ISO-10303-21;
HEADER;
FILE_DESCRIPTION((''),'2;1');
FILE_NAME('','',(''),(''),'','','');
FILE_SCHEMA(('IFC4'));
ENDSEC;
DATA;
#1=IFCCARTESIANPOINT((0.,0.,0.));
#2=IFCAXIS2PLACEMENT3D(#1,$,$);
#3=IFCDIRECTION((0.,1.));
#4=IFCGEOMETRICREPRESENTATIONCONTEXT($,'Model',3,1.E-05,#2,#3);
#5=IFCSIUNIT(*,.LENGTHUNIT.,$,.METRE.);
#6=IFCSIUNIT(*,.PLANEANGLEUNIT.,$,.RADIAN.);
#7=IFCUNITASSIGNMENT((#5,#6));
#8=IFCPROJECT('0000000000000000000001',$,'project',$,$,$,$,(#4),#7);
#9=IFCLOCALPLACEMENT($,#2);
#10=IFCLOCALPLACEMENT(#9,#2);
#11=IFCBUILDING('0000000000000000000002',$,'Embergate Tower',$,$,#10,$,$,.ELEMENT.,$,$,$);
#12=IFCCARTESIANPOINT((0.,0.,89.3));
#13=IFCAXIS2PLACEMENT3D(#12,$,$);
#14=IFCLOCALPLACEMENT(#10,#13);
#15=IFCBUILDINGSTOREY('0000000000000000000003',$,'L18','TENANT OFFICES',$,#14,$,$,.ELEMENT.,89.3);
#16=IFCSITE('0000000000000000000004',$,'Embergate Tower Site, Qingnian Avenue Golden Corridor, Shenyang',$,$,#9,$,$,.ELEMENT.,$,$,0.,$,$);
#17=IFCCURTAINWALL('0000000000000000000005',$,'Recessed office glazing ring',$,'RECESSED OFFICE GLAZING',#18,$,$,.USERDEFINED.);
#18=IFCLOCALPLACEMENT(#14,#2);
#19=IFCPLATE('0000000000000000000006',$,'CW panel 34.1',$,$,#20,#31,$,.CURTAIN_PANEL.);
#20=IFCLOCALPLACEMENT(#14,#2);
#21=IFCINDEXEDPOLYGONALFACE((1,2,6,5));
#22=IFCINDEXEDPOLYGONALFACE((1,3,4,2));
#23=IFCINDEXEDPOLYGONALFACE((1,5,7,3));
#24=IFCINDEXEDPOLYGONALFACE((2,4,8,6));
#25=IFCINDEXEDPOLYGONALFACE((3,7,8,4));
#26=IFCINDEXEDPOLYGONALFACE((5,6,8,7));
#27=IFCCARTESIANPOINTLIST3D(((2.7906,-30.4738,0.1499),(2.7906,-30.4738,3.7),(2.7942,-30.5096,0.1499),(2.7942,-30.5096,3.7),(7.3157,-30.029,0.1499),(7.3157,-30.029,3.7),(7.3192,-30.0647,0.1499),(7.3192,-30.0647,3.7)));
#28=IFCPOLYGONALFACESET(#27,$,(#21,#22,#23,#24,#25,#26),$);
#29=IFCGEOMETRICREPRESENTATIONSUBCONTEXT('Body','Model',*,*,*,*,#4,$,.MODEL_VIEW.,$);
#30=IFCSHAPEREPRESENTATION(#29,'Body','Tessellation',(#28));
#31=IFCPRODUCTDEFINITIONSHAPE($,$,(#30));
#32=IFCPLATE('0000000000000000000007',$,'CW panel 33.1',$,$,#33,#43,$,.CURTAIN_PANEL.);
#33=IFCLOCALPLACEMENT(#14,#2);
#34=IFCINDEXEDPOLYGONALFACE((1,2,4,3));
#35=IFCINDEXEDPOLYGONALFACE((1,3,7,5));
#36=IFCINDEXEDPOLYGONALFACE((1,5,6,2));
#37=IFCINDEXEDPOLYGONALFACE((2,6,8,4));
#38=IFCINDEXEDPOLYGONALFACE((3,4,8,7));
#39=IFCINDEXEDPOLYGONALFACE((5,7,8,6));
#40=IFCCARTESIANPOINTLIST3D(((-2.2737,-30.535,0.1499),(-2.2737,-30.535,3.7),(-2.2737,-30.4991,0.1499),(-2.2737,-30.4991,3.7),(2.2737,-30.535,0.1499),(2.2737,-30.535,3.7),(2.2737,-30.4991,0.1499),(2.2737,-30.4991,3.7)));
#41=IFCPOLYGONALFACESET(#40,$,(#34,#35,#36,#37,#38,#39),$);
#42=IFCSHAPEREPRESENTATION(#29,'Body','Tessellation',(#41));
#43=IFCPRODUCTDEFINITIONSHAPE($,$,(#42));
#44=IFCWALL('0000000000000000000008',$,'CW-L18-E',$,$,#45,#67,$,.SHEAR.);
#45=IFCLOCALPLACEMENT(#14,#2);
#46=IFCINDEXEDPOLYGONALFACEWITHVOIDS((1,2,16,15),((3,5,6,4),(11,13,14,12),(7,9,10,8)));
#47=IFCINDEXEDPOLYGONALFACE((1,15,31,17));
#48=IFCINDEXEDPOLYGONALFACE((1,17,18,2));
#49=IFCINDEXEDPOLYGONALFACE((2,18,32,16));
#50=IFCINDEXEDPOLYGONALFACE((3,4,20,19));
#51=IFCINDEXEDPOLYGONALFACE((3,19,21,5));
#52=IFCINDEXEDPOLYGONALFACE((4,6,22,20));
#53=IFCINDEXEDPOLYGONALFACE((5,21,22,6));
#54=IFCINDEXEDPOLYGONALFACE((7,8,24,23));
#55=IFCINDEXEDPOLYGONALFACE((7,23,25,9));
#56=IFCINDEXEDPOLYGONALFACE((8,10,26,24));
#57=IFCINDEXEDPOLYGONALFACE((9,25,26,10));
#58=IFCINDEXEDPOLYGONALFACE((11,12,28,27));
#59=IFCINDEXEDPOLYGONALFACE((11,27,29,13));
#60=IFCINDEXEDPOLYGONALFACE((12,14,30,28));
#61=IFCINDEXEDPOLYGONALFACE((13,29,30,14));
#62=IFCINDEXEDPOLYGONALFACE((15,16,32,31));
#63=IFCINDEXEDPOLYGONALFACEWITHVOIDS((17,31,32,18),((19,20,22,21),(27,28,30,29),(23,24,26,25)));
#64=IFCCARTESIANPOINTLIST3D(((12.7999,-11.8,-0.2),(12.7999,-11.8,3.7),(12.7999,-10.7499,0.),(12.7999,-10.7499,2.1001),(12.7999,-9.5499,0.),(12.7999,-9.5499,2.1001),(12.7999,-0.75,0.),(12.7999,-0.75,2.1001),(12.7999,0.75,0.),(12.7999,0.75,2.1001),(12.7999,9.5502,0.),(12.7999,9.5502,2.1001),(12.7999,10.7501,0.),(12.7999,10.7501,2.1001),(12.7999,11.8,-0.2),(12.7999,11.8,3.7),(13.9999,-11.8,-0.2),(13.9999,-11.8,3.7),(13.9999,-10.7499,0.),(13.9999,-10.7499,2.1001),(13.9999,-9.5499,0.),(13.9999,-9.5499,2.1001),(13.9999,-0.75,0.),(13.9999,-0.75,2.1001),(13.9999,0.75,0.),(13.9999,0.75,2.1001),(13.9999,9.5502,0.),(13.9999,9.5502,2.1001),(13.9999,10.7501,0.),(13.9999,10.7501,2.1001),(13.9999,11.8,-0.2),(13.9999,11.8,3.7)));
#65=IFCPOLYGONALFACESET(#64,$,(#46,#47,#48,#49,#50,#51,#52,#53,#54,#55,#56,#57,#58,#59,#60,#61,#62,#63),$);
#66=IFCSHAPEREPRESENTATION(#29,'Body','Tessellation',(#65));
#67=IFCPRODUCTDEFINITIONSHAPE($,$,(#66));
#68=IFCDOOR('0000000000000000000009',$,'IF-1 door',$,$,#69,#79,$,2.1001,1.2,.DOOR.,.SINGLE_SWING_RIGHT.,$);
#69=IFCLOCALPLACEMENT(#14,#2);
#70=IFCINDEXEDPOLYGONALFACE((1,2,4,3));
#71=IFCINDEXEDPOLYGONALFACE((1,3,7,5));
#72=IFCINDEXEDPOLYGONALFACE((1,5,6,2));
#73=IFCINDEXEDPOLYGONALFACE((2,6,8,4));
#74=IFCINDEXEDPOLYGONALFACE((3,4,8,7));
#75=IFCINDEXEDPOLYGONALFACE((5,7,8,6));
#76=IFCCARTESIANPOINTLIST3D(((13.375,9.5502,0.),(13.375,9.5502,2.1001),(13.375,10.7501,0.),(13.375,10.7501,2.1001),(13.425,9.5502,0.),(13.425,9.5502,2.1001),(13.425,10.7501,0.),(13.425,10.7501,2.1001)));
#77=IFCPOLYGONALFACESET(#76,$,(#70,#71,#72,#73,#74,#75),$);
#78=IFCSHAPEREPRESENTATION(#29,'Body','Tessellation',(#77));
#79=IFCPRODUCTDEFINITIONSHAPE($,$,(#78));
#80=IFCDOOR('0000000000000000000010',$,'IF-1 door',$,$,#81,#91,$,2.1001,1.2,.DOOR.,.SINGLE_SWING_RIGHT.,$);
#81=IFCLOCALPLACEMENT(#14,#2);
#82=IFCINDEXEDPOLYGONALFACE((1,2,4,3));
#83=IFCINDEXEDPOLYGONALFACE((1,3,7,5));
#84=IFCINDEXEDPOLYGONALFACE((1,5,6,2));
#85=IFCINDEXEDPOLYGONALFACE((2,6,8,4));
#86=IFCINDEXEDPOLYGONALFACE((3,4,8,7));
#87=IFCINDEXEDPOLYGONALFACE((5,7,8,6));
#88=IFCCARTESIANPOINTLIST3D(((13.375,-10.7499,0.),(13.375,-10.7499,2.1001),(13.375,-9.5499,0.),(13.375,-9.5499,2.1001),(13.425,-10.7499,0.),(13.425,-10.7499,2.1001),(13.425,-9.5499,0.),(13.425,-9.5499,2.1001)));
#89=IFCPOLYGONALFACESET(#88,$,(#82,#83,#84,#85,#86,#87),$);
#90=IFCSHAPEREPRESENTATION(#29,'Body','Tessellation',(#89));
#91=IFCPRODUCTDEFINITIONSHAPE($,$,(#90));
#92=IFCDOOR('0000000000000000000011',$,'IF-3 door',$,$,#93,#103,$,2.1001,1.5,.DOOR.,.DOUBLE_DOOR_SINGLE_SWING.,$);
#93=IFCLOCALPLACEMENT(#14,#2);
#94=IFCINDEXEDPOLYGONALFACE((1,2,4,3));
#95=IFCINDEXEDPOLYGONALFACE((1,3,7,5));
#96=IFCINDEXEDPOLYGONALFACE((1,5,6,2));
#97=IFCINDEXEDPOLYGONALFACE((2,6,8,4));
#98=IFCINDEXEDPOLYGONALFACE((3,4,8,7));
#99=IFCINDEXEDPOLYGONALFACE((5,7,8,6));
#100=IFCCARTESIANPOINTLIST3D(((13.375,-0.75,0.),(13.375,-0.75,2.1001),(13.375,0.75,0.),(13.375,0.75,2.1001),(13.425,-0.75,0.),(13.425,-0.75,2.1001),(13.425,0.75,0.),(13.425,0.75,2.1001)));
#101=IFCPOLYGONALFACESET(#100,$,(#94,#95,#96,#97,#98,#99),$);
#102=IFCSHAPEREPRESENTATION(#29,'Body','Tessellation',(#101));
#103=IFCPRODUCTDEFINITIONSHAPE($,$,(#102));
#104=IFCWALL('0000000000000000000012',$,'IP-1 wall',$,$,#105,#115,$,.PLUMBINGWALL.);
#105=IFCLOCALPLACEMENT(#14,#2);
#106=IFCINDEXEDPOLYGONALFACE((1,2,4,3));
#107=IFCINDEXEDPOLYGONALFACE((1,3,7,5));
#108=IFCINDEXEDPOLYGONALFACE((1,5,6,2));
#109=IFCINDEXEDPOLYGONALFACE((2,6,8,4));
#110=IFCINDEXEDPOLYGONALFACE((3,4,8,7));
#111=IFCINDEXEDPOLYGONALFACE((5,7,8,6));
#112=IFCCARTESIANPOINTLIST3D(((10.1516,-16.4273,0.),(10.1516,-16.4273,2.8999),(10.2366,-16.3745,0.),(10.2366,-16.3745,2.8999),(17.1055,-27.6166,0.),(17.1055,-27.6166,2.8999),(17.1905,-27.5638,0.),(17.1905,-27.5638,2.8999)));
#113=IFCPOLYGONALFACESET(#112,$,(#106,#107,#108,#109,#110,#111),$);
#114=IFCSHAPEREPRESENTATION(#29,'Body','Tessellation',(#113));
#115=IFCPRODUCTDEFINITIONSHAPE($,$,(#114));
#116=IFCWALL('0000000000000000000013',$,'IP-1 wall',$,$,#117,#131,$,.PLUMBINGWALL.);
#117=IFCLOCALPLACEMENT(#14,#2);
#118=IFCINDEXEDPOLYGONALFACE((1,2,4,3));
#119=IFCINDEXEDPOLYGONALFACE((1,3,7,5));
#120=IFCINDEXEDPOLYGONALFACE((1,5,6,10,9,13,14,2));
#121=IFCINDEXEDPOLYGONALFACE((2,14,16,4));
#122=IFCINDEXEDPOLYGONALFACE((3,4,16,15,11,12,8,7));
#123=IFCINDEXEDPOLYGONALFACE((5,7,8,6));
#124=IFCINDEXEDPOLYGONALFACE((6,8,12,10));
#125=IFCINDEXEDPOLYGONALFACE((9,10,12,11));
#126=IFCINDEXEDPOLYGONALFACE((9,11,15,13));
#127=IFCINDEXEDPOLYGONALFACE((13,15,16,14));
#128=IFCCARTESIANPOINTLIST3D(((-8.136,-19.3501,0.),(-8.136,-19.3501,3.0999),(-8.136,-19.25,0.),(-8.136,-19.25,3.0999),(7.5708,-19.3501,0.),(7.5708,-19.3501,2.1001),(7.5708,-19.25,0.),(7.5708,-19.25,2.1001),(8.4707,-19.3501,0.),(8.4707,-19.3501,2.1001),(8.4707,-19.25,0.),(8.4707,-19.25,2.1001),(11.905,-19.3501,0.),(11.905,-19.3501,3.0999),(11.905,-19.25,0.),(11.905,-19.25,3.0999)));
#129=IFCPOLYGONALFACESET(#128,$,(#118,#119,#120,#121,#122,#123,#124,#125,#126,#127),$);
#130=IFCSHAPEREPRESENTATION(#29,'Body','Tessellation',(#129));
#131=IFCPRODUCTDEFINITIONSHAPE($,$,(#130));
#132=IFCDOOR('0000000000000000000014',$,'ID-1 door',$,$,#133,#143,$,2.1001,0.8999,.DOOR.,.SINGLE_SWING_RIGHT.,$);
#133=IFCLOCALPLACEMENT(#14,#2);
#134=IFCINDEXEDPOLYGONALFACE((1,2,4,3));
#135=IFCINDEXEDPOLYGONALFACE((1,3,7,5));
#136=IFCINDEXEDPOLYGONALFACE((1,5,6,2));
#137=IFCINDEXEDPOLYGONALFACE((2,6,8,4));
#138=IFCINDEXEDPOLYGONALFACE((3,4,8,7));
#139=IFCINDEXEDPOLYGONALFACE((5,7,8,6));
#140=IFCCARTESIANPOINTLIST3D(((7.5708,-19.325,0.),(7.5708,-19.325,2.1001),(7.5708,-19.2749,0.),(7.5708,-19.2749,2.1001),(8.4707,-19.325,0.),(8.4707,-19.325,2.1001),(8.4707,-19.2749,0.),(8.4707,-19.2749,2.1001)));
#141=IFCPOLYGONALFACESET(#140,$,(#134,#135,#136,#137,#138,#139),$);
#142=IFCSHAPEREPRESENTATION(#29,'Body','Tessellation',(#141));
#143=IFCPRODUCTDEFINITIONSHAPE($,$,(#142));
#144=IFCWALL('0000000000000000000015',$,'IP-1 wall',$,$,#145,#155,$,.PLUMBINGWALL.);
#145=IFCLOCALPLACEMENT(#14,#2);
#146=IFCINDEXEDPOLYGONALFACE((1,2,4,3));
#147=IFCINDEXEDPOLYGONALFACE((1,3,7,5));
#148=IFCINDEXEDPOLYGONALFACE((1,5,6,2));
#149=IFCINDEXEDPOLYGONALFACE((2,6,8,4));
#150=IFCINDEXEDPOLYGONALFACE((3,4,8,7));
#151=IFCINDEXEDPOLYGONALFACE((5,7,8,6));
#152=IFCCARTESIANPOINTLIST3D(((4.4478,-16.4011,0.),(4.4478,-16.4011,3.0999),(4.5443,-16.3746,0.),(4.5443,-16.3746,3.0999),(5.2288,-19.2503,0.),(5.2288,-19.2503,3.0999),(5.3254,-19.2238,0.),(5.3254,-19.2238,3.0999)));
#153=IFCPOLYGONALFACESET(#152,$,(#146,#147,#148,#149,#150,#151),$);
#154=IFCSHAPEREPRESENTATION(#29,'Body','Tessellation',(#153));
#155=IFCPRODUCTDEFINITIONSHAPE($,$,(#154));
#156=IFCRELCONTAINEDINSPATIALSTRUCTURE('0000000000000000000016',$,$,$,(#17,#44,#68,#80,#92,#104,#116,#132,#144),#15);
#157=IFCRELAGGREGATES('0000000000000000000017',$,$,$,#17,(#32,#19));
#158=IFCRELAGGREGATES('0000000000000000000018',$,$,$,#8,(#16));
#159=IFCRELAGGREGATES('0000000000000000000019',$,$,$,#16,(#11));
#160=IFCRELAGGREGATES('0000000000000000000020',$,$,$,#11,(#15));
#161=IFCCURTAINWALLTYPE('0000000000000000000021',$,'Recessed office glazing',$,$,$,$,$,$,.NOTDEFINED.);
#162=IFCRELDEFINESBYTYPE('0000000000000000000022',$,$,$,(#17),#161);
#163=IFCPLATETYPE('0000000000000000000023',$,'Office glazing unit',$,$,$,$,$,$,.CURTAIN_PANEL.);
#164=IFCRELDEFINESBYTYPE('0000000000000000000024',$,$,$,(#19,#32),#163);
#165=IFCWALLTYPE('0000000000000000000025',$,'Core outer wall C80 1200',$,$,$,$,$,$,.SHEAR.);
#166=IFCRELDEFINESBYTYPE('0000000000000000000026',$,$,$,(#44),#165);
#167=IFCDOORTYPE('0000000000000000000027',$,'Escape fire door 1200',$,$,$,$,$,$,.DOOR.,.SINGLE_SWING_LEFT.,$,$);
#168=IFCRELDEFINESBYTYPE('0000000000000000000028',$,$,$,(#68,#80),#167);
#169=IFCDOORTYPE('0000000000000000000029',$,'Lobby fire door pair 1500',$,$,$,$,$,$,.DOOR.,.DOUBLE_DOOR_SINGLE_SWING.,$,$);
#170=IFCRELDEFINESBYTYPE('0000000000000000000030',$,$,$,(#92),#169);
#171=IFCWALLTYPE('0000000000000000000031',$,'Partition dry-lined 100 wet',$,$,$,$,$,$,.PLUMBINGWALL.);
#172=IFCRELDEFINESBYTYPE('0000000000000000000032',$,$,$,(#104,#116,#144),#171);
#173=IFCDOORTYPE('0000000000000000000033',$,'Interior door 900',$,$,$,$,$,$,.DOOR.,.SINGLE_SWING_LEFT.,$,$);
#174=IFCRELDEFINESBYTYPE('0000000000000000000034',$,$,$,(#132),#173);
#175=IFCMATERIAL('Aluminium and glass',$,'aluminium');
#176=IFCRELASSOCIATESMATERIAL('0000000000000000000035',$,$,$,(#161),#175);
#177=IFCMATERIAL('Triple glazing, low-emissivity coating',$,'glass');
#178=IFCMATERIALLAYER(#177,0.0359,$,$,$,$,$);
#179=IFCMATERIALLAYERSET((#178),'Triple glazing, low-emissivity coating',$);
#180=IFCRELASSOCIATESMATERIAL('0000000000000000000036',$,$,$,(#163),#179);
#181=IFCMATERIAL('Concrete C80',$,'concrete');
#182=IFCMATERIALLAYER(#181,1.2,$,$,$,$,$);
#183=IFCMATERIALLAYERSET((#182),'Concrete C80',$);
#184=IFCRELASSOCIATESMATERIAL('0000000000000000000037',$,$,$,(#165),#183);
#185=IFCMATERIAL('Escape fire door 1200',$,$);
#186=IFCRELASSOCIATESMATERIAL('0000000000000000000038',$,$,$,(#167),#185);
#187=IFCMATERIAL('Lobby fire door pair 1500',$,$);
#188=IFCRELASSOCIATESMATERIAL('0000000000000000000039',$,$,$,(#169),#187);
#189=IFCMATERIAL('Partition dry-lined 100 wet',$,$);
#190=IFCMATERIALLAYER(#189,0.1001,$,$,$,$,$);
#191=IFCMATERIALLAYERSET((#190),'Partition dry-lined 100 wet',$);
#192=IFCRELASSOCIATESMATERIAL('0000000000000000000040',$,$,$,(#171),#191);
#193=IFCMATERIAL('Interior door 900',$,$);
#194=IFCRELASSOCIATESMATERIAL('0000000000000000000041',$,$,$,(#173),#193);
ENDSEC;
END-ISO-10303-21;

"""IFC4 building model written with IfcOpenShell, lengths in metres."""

from ifc_helpers import new_model, si_unit, direction, frame, frame_2d, origin, origin_2d, place, context, subcontext, project, spatial, rectangle, extrude, source, transform, mapped, material, layer, layer_set, type_object, element, fill, aggregate, save


model = new_model("IFC4")

# Units and contexts
model_context = context("Model", 3, precision=1e-05, world=origin(), true_north=direction((0.0, 1.0)))
body_context = subcontext(model_context, "Body", "Model", "MODEL_VIEW")
ifc_project = project(units=[si_unit("LENGTHUNIT", "METRE"), si_unit("PLANEANGLEUNIT", "RADIAN")], contexts=[model_context])

# Site, building, storey
site_placement = place(None, origin())
site = spatial("IfcSite", under=ifc_project, at=site_placement, Name="Embergate Tower Site, Qingnian Avenue Golden Corridor, Shenyang", CompositionType="ELEMENT", RefElevation=0.0)
building_placement = place(site_placement, origin())
building = spatial("IfcBuilding", under=site, at=building_placement, Name="Embergate Tower", CompositionType="ELEMENT")
storey_placement = place(building_placement, frame((0.0, 0.0, 89.3)))
storey = spatial("IfcBuildingStorey", under=building, at=storey_placement, Name="L18", Description="TENANT OFFICES", CompositionType="ELEMENT", Elevation=89.3)

# Curtain wall, plates
ifc_material_1 = material(Name="Aluminium and glass", Category="aluminium")
curtain_wall_type = type_object("IfcCurtainWallType", Name="Recessed office glazing", PredefinedType="NOTDEFINED", material=ifc_material_1)
curtain_wall_placement = place(storey_placement, origin())
curtain_wall = element("IfcCurtainWall", 1, at=curtain_wall_placement, inside=storey, type_object=curtain_wall_type, Name="Recessed office glazing ring", ObjectType="RECESSED OFFICE GLAZING", PredefinedType="USERDEFINED")
ifc_material_2 = material(Name="Triple glazing, low-emissivity coating", Category="glass")
ifc_layer_1 = layer(ifc_material_2, 0.0359)
ifc_layer_set_1 = layer_set([ifc_layer_1], Name="Triple glazing, low-emissivity coating")
plate_type = type_object("IfcPlateType", Name="Office glazing unit", PredefinedType="CURTAIN_PANEL", material=ifc_layer_set_1)
shared_shape_1 = source(origin(), body_context, "Body", "SweptSolid", [
    extrude(rectangle(XDim=4.5469, YDim=0.0359, at=origin_2d()), origin(), (0.0, 0.0, 1.0), 3.55),
])
plate_1_placement = place(storey_placement, frame((5.0549, -30.2693, 0.1499), z_axis=(0.0, 0.0, 1.0), x_axis=(0.995203, 0.09783, 0.0)))
plate_1 = element("IfcPlate", 2, at=plate_1_placement, type_object=plate_type, Name="CW panel 34.1", PredefinedType="CURTAIN_PANEL", context=body_context, shape_type="MappedRepresentation", body=[
    mapped(shared_shape_1, transform((0.0, 0.0, 0.0))),
])
shared_shape_2 = source(origin(), body_context, "Body", "SweptSolid", [
    extrude(rectangle(XDim=4.5474, YDim=0.0359, at=origin_2d()), origin(), (0.0, 0.0, 1.0), 3.55),
])
plate_2_placement = place(storey_placement, frame((0.0, -30.5171, 0.1499), z_axis=(0.0, 0.0, 1.0), x_axis=(1.0, 0.0, 0.0)))
plate_2 = element("IfcPlate", 3, at=plate_2_placement, type_object=plate_type, Name="CW panel 33.1", PredefinedType="CURTAIN_PANEL", context=body_context, shape_type="MappedRepresentation", body=[
    mapped(shared_shape_2, transform((0.0, 0.0, 0.0))),
])
aggregate(curtain_wall, [plate_2, plate_1])

# Wall, openings, doors
ifc_material_3 = material(Name="Concrete C80", Category="concrete")
ifc_layer_2 = layer(ifc_material_3, 1.2)
ifc_layer_set_2 = layer_set([ifc_layer_2], Name="Concrete C80")
wall_type_1 = type_object("IfcWallType", Name="Core outer wall C80 1200", PredefinedType="SHEAR", material=ifc_layer_set_2)
shared_shape_3 = source(origin(), body_context, "Body", "SweptSolid", [
    extrude(rectangle(XDim=23.6001, YDim=1.2, at=frame_2d((11.8, 0.0))), origin(), (0.0, 0.0, 1.0), 3.8999),
])
wall_1_placement = place(storey_placement, frame((13.3999, -11.8, -0.2), z_axis=(0.0, 0.0, 1.0), x_axis=(0.0, 1.0, 0.0)))
wall_1 = element("IfcWall", 4, at=wall_1_placement, inside=storey, type_object=wall_type_1, Name="CW-L18-E", PredefinedType="SHEAR", context=body_context, shape_type="MappedRepresentation", body=[
    mapped(shared_shape_3, transform((0.0, 0.0, 0.0))),
])
shared_shape_4 = source(origin(), body_context, "Body", "SweptSolid", [
    extrude(rectangle(XDim=1.2, YDim=2.1001, at=frame_2d((0.6001, 1.05))), frame((0.0, 0.6099, 0.0), z_axis=(0.0, -1.0, 0.0), x_axis=(1.0, 0.0, 0.0)), (0.0, 0.0, 1.0), 1.22),
])
opening_1_placement = place(wall_1_placement, frame((21.3501, 0.0, 0.2)))
opening_1 = element("IfcOpeningElement", 5, at=opening_1_placement, cuts=wall_1, PredefinedType="OPENING", context=body_context, shape_type="MappedRepresentation", body=[
    mapped(shared_shape_4, transform((0.0, 0.0, 0.0))),
])
opening_2_placement = place(wall_1_placement, frame((1.05, 0.0, 0.2)))
opening_2 = element("IfcOpeningElement", 6, at=opening_2_placement, cuts=wall_1, PredefinedType="OPENING", context=body_context, shape_type="MappedRepresentation", body=[
    mapped(shared_shape_4, transform((0.0, 0.0, 0.0))),
])
shared_shape_5 = source(origin(), body_context, "Body", "SweptSolid", [
    extrude(rectangle(XDim=1.5, YDim=2.1001, at=frame_2d((0.75, 1.05))), frame((0.0, 0.6099, 0.0), z_axis=(0.0, -1.0, 0.0), x_axis=(1.0, 0.0, 0.0)), (0.0, 0.0, 1.0), 1.22),
])
opening_3_placement = place(wall_1_placement, frame((11.05, 0.0, 0.2)))
opening_3 = element("IfcOpeningElement", 7, at=opening_3_placement, cuts=wall_1, PredefinedType="OPENING", context=body_context, shape_type="MappedRepresentation", body=[
    mapped(shared_shape_5, transform((0.0, 0.0, 0.0))),
])
ifc_material_4 = material(Name="Escape fire door 1200")
door_type_1 = type_object("IfcDoorType", Name="Escape fire door 1200", OperationType="SINGLE_SWING_LEFT", PredefinedType="DOOR", material=ifc_material_4)
shared_shape_6 = source(origin(), body_context, "Body", "SweptSolid", [
    extrude(rectangle(XDim=1.2, YDim=2.1001, at=frame_2d((0.6001, 1.05))), frame((0.0, 0.0249, 0.0), z_axis=(0.0, -1.0, 0.0), x_axis=(1.0, 0.0, 0.0)), (0.0, 0.0, 1.0), 0.05),
])
door_1_placement = place(opening_1_placement, origin())
door_1 = element("IfcDoor", 8, at=door_1_placement, inside=storey, type_object=door_type_1, Name="IF-1 door", OperationType="SINGLE_SWING_RIGHT", OverallHeight=2.1001, OverallWidth=1.2, PredefinedType="DOOR", context=body_context, shape_type="MappedRepresentation", body=[
    mapped(shared_shape_6, transform((0.0, 0.0, 0.0))),
])
fill(opening_1, door_1)
door_2_placement = place(opening_2_placement, origin())
door_2 = element("IfcDoor", 9, at=door_2_placement, inside=storey, type_object=door_type_1, Name="IF-1 door", OperationType="SINGLE_SWING_RIGHT", OverallHeight=2.1001, OverallWidth=1.2, PredefinedType="DOOR", context=body_context, shape_type="MappedRepresentation", body=[
    mapped(shared_shape_6, transform((0.0, 0.0, 0.0))),
])
fill(opening_2, door_2)
ifc_material_5 = material(Name="Lobby fire door pair 1500")
door_type_2 = type_object("IfcDoorType", Name="Lobby fire door pair 1500", OperationType="DOUBLE_DOOR_SINGLE_SWING", PredefinedType="DOOR", material=ifc_material_5)
shared_shape_7 = source(origin(), body_context, "Body", "SweptSolid", [
    extrude(rectangle(XDim=1.5, YDim=2.1001, at=frame_2d((0.75, 1.05))), frame((0.0, 0.0249, 0.0), z_axis=(0.0, -1.0, 0.0), x_axis=(1.0, 0.0, 0.0)), (0.0, 0.0, 1.0), 0.05),
])
door_3_placement = place(opening_3_placement, origin())
door_3 = element("IfcDoor", 10, at=door_3_placement, inside=storey, type_object=door_type_2, Name="IF-3 door", OperationType="DOUBLE_DOOR_SINGLE_SWING", OverallHeight=2.1001, OverallWidth=1.5, PredefinedType="DOOR", context=body_context, shape_type="MappedRepresentation", body=[
    mapped(shared_shape_7, transform((0.0, 0.0, 0.0))),
])
fill(opening_3, door_3)

# Wall
ifc_material_6 = material(Name="Partition dry-lined 100 wet")
ifc_layer_3 = layer(ifc_material_6, 0.1001)
ifc_layer_set_3 = layer_set([ifc_layer_3], Name="Partition dry-lined 100 wet")
wall_type_2 = type_object("IfcWallType", Name="Partition dry-lined 100 wet", PredefinedType="PLUMBINGWALL", material=ifc_layer_set_3)
shared_shape_8 = source(origin(), body_context, "Body", "SweptSolid", [
    extrude(rectangle(XDim=13.1741, YDim=0.1001, at=frame_2d((6.5869, 0.0))), origin(), (0.0, 0.0, 1.0), 2.8999),
])
wall_2_placement = place(storey_placement, frame((17.1479, -27.5901, 0.0), z_axis=(0.0, 0.0, 1.0), x_axis=(-0.527847, 0.84934, 0.0)))
element("IfcWall", 11, at=wall_2_placement, inside=storey, type_object=wall_type_2, Name="IP-1 wall", PredefinedType="PLUMBINGWALL", context=body_context, shape_type="MappedRepresentation", body=[
    mapped(shared_shape_8, transform((0.0, 0.0, 0.0))),
])

# Wall, opening, door
shared_shape_9 = source(origin(), body_context, "Body", "SweptSolid", [
    extrude(rectangle(XDim=20.041, YDim=0.1001, at=frame_2d((10.0205, 0.0))), origin(), (0.0, 0.0, 1.0), 3.0999),
])
wall_3_placement = place(storey_placement, frame((11.905, -19.3, 0.0), z_axis=(0.0, 0.0, 1.0), x_axis=(-1.0, 0.0, 0.0)))
wall_3 = element("IfcWall", 12, at=wall_3_placement, inside=storey, type_object=wall_type_2, Name="IP-1 wall", PredefinedType="PLUMBINGWALL", context=body_context, shape_type="MappedRepresentation", body=[
    mapped(shared_shape_9, transform((0.0, 0.0, 0.0))),
])
shared_shape_10 = source(origin(), body_context, "Body", "SweptSolid", [
    extrude(rectangle(XDim=0.8999, YDim=2.1001, at=frame_2d((0.45, 1.05))), frame((0.0, 0.0601, 0.0), z_axis=(0.0, -1.0, 0.0), x_axis=(1.0, 0.0, 0.0)), (0.0, 0.0, 1.0), 0.1201),
])
opening_4_placement = place(wall_3_placement, frame((3.4343, 0.0, 0.0)))
opening_4 = element("IfcOpeningElement", 13, at=opening_4_placement, cuts=wall_3, PredefinedType="OPENING", context=body_context, shape_type="MappedRepresentation", body=[
    mapped(shared_shape_10, transform((0.0, 0.0, 0.0))),
])
ifc_material_7 = material(Name="Interior door 900")
door_type_3 = type_object("IfcDoorType", Name="Interior door 900", OperationType="SINGLE_SWING_LEFT", PredefinedType="DOOR", material=ifc_material_7)
shared_shape_11 = source(origin(), body_context, "Body", "SweptSolid", [
    extrude(rectangle(XDim=0.8999, YDim=2.1001, at=frame_2d((0.45, 1.05))), frame((0.0, 0.0249, 0.0), z_axis=(0.0, -1.0, 0.0), x_axis=(1.0, 0.0, 0.0)), (0.0, 0.0, 1.0), 0.05),
])
door_4_placement = place(opening_4_placement, origin())
door_4 = element("IfcDoor", 14, at=door_4_placement, inside=storey, type_object=door_type_3, Name="ID-1 door", OperationType="SINGLE_SWING_RIGHT", OverallHeight=2.1001, OverallWidth=0.8999, PredefinedType="DOOR", context=body_context, shape_type="MappedRepresentation", body=[
    mapped(shared_shape_11, transform((0.0, 0.0, 0.0))),
])
fill(opening_4, door_4)

# Wall
shared_shape_12 = source(origin(), body_context, "Body", "SweptSolid", [
    extrude(rectangle(XDim=2.9543, YDim=0.1001, at=frame_2d((1.4771, 0.0))), origin(), (0.0, 0.0, 1.0), 3.0999),
])
wall_4_placement = place(storey_placement, frame((4.4961, -16.3879, 0.0), z_axis=(0.0, 0.0, 1.0), x_axis=(0.264369, -0.964422, 0.0)))
element("IfcWall", 15, at=wall_4_placement, inside=storey, type_object=wall_type_2, Name="IP-1 wall", PredefinedType="PLUMBINGWALL", context=body_context, shape_type="MappedRepresentation", body=[
    mapped(shared_shape_12, transform((0.0, 0.0, 0.0))),
])

save(model, "model.ifc")
